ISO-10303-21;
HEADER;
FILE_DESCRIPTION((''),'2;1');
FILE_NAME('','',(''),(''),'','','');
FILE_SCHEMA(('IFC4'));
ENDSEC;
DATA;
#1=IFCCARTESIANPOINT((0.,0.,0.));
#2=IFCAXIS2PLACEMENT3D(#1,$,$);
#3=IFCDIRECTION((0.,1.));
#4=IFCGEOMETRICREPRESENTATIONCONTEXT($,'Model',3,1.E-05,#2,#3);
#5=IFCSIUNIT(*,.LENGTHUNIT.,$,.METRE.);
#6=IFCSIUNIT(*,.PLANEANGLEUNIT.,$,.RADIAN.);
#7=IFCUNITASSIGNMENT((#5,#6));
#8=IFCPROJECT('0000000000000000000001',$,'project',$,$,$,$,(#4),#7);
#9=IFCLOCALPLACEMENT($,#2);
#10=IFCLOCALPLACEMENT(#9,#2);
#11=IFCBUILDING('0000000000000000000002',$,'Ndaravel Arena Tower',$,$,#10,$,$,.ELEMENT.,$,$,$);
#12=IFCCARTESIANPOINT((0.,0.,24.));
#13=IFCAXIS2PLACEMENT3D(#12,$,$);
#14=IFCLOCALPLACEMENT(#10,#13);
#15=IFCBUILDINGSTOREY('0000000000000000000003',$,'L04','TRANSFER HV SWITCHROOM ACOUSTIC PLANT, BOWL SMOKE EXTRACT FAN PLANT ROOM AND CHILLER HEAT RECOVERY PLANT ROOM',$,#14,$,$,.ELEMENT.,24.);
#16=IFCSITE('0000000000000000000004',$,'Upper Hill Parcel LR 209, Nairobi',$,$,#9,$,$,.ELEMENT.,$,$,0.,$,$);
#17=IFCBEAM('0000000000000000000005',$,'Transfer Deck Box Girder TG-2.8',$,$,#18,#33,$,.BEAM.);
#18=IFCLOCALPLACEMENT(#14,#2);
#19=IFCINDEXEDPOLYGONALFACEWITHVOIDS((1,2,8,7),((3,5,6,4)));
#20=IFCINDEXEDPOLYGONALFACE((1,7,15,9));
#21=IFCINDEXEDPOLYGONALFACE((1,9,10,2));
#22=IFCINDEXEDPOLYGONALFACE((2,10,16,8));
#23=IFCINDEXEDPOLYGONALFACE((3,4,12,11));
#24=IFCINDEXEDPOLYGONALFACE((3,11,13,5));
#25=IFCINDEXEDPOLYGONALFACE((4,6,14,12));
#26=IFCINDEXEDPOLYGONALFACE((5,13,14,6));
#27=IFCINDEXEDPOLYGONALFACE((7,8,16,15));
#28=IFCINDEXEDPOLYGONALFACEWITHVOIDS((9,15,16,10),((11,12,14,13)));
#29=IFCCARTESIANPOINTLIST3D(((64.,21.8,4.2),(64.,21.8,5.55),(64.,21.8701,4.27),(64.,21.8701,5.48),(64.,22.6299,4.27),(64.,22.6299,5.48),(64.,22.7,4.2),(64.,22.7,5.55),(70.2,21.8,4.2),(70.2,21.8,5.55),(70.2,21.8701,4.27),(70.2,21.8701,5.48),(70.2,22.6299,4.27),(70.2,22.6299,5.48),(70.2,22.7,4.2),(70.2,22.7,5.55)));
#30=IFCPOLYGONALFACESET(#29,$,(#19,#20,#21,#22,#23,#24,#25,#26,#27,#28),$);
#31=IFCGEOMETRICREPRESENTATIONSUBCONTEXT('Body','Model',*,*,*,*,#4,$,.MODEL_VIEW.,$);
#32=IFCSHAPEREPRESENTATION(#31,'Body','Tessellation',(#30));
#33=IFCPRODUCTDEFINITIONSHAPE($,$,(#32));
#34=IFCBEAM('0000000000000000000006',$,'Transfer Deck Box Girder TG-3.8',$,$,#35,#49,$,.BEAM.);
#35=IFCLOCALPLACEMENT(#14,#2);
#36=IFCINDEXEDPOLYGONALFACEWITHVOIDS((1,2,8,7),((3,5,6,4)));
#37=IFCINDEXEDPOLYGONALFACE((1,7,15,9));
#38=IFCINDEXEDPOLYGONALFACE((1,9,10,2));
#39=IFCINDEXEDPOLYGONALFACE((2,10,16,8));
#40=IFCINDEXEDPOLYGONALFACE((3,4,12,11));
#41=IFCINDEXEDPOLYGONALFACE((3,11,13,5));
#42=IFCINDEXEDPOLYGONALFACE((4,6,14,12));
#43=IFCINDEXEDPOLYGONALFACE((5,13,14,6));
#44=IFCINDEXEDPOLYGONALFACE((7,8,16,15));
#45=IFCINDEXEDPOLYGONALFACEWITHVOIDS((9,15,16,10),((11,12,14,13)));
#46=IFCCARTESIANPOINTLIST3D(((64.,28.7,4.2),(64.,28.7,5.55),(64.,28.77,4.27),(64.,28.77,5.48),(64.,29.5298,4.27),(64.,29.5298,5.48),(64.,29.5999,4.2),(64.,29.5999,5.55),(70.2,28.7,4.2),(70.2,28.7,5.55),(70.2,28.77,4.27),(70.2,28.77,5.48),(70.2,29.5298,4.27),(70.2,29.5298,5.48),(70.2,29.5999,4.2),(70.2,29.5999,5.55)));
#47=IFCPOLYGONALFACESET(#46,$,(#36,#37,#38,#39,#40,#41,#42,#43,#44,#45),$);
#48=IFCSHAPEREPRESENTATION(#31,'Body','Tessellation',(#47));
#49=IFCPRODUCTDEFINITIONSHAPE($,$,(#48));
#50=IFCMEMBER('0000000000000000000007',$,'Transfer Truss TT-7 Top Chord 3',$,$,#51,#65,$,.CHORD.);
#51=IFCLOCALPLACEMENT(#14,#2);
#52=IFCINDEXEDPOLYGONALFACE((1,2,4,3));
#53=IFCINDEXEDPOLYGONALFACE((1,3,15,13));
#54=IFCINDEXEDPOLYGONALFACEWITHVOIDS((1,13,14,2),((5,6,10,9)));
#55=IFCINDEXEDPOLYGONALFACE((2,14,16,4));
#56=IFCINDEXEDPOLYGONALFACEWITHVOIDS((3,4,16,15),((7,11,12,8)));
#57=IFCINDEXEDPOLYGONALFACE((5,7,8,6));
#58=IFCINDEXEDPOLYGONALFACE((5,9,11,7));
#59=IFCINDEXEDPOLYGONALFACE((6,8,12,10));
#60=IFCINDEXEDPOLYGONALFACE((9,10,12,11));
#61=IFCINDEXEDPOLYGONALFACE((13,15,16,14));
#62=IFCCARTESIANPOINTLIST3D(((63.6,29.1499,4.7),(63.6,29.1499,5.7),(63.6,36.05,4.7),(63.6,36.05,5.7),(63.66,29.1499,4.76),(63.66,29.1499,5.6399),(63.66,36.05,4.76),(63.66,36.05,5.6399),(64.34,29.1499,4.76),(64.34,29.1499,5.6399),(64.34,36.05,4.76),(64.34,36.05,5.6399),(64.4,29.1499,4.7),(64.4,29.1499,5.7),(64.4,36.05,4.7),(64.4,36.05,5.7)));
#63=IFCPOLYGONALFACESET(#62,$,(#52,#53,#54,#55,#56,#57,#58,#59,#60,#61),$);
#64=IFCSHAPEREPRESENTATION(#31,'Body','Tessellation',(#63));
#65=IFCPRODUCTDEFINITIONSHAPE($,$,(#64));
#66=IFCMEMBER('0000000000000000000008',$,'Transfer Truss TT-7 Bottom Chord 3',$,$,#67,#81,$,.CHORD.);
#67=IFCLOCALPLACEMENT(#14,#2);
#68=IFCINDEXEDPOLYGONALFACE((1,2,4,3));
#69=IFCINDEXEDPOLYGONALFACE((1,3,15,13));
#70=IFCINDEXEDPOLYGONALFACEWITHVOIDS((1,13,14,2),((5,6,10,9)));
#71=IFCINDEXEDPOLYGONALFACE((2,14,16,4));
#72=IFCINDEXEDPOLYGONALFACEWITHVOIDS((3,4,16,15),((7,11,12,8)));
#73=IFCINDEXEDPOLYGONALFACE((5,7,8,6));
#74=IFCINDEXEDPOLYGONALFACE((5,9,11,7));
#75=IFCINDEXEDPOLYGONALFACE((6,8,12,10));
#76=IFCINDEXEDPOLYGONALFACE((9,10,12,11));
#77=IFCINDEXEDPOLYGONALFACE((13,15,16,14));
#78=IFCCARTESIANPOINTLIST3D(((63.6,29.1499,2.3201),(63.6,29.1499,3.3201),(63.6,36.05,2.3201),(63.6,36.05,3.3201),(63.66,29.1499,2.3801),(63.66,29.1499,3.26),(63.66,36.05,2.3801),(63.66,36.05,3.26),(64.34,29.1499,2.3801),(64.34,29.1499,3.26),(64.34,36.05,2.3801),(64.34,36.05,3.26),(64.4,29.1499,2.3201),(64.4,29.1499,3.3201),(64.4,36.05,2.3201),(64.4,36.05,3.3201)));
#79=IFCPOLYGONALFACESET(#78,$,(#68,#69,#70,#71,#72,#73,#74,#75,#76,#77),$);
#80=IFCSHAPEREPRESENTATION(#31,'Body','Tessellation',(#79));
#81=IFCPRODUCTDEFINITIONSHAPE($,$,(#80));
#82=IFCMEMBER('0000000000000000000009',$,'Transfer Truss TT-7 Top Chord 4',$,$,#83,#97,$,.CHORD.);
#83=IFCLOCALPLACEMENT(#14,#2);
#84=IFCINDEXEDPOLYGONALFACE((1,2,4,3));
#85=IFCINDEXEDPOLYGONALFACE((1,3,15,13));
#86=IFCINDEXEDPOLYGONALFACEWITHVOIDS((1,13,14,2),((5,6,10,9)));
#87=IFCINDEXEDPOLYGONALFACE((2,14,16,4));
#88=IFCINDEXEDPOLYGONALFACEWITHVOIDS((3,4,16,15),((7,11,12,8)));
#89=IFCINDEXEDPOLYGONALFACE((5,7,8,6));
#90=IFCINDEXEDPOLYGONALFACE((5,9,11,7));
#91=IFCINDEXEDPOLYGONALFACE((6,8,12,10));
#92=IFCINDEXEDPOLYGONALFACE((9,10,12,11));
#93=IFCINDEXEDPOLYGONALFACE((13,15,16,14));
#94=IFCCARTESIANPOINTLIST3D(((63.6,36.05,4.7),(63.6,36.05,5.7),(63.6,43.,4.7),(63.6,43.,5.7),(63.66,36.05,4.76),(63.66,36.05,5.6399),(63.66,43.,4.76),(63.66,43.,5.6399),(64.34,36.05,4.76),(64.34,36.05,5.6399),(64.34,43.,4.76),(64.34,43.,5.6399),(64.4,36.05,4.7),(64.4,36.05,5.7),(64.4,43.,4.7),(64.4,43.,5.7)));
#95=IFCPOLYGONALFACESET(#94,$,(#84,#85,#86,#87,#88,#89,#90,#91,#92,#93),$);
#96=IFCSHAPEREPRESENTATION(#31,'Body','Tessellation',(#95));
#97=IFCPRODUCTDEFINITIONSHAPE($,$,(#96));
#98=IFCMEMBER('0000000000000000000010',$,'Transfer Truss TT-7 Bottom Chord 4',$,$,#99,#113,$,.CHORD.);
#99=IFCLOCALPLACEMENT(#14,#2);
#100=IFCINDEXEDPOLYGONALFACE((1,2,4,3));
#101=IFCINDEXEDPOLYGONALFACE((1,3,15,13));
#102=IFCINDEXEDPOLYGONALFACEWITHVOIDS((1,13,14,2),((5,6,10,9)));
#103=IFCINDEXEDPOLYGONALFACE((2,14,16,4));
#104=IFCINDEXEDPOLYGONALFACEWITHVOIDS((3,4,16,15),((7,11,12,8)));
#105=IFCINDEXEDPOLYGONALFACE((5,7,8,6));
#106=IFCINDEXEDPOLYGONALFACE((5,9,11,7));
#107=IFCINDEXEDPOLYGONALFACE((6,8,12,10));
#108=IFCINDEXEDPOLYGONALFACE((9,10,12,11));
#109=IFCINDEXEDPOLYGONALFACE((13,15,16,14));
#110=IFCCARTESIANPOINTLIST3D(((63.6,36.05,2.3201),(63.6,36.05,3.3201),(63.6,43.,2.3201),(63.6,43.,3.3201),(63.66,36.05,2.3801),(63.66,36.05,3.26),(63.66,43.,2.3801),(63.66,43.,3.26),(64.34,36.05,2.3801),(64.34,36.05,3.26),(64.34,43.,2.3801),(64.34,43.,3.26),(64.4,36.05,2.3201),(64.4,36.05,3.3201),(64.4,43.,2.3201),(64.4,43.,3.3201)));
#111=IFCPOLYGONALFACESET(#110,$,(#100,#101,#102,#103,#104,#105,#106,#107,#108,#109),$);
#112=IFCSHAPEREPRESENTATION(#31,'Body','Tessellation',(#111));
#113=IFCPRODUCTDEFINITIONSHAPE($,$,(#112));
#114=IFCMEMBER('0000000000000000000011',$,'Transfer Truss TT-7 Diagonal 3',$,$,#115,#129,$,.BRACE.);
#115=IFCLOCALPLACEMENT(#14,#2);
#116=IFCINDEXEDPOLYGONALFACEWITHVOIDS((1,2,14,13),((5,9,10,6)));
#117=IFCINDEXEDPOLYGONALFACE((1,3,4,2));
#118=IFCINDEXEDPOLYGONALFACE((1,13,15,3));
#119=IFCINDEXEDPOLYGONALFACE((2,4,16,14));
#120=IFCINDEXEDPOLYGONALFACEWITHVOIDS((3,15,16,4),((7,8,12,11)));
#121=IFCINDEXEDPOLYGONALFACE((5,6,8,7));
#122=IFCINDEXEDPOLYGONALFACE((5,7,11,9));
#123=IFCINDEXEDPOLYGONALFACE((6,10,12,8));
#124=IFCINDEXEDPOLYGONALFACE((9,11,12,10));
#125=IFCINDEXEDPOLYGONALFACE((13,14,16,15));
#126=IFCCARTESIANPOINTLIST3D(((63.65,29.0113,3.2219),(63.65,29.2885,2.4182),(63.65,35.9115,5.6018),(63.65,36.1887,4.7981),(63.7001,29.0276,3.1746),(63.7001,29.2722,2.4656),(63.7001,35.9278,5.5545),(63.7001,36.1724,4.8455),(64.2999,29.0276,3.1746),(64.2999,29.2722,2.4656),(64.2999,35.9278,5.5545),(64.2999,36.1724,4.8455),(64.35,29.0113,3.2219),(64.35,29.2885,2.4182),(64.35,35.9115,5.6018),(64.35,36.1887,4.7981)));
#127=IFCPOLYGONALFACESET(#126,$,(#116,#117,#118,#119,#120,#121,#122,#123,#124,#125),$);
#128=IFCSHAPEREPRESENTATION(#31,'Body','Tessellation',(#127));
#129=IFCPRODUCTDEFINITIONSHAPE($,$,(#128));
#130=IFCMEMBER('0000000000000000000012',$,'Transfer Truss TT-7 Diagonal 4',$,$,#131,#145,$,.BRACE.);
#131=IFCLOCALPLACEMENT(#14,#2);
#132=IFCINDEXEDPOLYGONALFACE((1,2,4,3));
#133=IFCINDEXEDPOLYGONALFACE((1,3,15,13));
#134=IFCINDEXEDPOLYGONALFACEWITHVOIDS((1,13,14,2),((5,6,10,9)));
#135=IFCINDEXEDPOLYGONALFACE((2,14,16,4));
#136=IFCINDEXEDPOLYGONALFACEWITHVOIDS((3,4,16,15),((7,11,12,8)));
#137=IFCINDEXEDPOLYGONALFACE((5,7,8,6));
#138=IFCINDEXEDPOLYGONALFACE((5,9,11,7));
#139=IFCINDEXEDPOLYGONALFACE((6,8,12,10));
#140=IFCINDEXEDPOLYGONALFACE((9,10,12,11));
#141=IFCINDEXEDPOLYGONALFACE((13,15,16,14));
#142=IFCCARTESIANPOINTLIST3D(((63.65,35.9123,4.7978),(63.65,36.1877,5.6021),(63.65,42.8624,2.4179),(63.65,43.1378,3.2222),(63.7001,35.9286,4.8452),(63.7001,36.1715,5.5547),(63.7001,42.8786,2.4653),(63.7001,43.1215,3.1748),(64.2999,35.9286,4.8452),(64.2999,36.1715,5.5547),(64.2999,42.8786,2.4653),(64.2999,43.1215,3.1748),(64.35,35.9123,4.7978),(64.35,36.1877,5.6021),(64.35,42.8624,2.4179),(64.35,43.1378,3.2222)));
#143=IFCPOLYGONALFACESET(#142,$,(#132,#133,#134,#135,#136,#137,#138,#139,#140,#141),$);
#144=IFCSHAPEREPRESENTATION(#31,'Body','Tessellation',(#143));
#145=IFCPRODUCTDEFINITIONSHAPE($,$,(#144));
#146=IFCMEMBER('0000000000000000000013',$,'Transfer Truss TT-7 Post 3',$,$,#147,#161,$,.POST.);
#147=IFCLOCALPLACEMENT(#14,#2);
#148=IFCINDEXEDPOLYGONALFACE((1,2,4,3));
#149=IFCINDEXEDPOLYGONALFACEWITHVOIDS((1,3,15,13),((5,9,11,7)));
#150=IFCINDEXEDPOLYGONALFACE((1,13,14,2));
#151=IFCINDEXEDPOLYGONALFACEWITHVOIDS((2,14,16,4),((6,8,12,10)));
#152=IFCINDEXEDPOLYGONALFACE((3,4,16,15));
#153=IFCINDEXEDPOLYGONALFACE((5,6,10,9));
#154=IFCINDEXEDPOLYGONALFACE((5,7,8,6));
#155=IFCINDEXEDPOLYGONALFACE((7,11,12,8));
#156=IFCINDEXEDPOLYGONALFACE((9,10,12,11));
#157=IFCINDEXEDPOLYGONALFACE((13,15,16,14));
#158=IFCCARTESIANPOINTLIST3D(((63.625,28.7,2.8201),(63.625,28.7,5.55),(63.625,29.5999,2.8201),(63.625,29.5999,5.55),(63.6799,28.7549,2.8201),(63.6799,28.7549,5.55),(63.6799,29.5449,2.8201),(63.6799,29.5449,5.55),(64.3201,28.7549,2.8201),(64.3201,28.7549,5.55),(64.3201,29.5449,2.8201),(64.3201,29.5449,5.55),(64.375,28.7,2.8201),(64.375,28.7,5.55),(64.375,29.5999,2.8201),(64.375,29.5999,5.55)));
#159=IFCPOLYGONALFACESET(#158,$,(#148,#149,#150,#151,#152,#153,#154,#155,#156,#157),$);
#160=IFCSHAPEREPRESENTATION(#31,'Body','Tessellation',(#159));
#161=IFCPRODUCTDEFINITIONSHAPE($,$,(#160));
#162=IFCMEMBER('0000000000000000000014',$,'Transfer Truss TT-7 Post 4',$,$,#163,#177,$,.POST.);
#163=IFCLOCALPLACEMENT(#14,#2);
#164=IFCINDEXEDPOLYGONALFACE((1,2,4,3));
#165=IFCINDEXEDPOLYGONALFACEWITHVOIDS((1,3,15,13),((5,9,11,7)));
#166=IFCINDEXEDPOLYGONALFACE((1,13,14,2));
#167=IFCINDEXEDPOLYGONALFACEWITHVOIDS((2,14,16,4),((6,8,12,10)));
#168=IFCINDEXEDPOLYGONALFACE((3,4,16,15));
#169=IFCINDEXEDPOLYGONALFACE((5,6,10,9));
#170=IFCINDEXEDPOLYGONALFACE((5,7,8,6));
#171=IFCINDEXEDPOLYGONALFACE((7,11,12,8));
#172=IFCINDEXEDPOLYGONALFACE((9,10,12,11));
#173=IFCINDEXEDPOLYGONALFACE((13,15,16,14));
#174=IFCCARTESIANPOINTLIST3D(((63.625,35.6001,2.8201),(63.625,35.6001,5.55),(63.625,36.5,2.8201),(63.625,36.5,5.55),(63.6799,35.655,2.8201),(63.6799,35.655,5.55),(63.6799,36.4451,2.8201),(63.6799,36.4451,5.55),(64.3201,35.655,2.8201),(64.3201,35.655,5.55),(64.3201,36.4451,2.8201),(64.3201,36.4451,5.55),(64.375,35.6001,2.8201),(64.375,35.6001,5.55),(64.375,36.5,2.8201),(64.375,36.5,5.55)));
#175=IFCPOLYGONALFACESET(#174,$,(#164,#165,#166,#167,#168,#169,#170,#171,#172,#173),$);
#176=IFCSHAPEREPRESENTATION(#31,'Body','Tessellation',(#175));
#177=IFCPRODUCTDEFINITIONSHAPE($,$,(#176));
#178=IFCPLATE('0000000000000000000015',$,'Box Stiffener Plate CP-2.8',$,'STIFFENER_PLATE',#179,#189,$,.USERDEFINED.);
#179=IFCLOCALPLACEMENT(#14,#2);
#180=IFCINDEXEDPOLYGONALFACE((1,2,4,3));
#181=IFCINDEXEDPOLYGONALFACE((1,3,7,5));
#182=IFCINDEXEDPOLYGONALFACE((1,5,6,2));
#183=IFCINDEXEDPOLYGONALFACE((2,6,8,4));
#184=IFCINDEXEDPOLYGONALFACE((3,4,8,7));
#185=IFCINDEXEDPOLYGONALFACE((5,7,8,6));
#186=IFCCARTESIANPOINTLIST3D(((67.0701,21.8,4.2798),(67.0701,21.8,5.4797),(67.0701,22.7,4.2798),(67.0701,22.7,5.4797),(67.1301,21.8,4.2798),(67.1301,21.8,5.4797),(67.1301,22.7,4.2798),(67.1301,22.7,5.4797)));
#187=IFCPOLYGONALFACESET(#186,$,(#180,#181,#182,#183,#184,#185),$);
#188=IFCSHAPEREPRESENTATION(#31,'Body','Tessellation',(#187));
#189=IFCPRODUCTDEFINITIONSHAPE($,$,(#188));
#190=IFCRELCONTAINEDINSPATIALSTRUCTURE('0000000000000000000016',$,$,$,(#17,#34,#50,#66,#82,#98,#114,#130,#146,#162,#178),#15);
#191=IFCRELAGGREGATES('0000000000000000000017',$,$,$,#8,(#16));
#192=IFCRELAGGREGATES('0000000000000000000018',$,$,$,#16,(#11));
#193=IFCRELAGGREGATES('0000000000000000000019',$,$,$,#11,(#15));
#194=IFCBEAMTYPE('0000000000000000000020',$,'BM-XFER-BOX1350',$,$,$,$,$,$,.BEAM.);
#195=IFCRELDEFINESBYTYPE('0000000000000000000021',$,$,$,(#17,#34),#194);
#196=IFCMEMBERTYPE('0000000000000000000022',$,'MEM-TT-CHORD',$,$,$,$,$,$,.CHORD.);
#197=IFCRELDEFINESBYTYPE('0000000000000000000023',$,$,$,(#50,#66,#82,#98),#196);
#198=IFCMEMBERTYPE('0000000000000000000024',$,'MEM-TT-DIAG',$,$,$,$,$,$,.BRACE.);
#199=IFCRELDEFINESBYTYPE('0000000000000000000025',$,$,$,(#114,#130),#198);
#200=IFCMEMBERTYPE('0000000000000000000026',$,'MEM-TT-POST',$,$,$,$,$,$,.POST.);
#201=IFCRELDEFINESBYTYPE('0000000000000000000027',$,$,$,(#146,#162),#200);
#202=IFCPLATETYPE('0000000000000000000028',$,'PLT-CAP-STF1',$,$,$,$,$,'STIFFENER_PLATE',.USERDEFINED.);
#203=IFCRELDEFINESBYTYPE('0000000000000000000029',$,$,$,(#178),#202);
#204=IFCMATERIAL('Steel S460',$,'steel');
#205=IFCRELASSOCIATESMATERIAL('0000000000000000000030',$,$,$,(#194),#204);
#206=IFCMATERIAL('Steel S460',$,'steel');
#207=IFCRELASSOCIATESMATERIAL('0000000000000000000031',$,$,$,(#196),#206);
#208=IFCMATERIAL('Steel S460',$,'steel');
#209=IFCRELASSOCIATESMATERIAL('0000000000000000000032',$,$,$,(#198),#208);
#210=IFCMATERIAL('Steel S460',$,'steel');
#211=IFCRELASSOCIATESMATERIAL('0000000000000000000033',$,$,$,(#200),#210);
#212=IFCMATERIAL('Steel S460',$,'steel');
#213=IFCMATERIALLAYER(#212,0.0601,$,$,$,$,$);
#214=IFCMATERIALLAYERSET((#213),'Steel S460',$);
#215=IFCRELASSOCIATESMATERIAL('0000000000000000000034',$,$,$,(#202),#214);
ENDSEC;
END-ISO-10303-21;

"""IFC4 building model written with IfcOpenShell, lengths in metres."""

from ifc_helpers import new_model, si_unit, direction, frame, origin, origin_2d, place, context, subcontext, project, spatial, rectangle, hollow_rectangle, extrude, material, layer, layer_set, material_profile, profile_set, type_object, element, save


model = new_model("IFC4")

# Units and contexts
model_context = context("Model", 3, precision=1e-05, world=origin(), true_north=direction((0.0, 1.0)))
body_context = subcontext(model_context, "Body", "Model", "MODEL_VIEW")
ifc_project = project(units=[si_unit("LENGTHUNIT", "METRE"), si_unit("PLANEANGLEUNIT", "RADIAN")], contexts=[model_context])

# Site, building, storey
site_placement = place(None, origin())
site = spatial("IfcSite", under=ifc_project, at=site_placement, Name="Upper Hill Parcel LR 209, Nairobi", CompositionType="ELEMENT", RefElevation=0.0)
building_placement = place(site_placement, origin())
building = spatial("IfcBuilding", under=site, at=building_placement, Name="Ndaravel Arena Tower", CompositionType="ELEMENT")
storey_placement = place(building_placement, frame((0.0, 0.0, 24.0)))
storey = spatial("IfcBuildingStorey", under=building, at=storey_placement, Name="L04", Description="TRANSFER HV SWITCHROOM ACOUSTIC PLANT, BOWL SMOKE EXTRACT FAN PLANT ROOM AND CHILLER HEAT RECOVERY PLANT ROOM", CompositionType="ELEMENT", Elevation=24.0)

# Beams
ifc_material_1 = material(Name="Steel S460", Category="steel")
ifc_material_profile_1 = material_profile(ifc_material_1, hollow_rectangle(XDim=0.8999, YDim=1.3501, WallThickness=0.0701, at=origin_2d()), Name="BOX 1350x900x70")
ifc_profile_set_1 = profile_set([ifc_material_profile_1], Name="Steel S460")
beam_type_1 = type_object("IfcBeamType", Name="BM-XFER-BOX1350", PredefinedType="BEAM", material=ifc_profile_set_1)
for number, where, z_axis, x_axis, name in (
    (1, (64.0, 22.25, 4.875), (1.0, 0.0, 0.0), (0.0, 1.0, 0.0), "Transfer Deck Box Girder TG-2.8"),
    (2, (64.0, 29.1499, 4.875), (1.0, 0.0, 0.0), (0.0, 1.0, 0.0), "Transfer Deck Box Girder TG-3.8"),
):
    element("IfcBeam", number, at=place(storey_placement, frame(where, z_axis=z_axis, x_axis=x_axis)), inside=storey, type_object=beam_type_1, Name=name, PredefinedType="BEAM", context=body_context, shape_type="SweptSolid", body=[
        extrude(hollow_rectangle(XDim=0.8999, YDim=1.3501, WallThickness=0.0701, at=origin_2d()), origin(), (0.0, 0.0, 1.0), 6.2),
    ])

# Members
ifc_material_2 = material(Name="Steel S460", Category="steel")
ifc_material_profile_2 = material_profile(ifc_material_2, hollow_rectangle(XDim=0.8, YDim=1.0, WallThickness=0.0601, at=origin_2d()), Name="BOX 1000x800x60")
ifc_profile_set_2 = profile_set([ifc_material_profile_2], Name="Steel S460")
member_type_1 = type_object("IfcMemberType", Name="MEM-TT-CHORD", PredefinedType="CHORD", material=ifc_profile_set_2)
for number, where, z_axis, x_axis, name in (
    (3, (64.0, 29.1499, 5.2), (0.0, 1.0, 0.0), (-1.0, 0.0, 0.0), "Transfer Truss TT-7 Top Chord 3"),
    (4, (64.0, 29.1499, 2.8201), (0.0, 1.0, 0.0), (-1.0, 0.0, 0.0), "Transfer Truss TT-7 Bottom Chord 3"),
):
    element("IfcMember", number, at=place(storey_placement, frame(where, z_axis=z_axis, x_axis=x_axis)), inside=storey, type_object=member_type_1, Name=name, PredefinedType="CHORD", context=body_context, shape_type="SweptSolid", body=[
        extrude(hollow_rectangle(XDim=0.8, YDim=1.0, WallThickness=0.0601, at=origin_2d()), origin(), (0.0, 0.0, 1.0), 6.9001),
    ])
for number, where, z_axis, x_axis, name in (
    (5, (64.0, 36.05, 5.2), (0.0, 1.0, 0.0), (-1.0, 0.0, 0.0), "Transfer Truss TT-7 Top Chord 4"),
    (6, (64.0, 36.05, 2.8201), (0.0, 1.0, 0.0), (-1.0, 0.0, 0.0), "Transfer Truss TT-7 Bottom Chord 4"),
):
    element("IfcMember", number, at=place(storey_placement, frame(where, z_axis=z_axis, x_axis=x_axis)), inside=storey, type_object=member_type_1, Name=name, PredefinedType="CHORD", context=body_context, shape_type="SweptSolid", body=[
        extrude(hollow_rectangle(XDim=0.8, YDim=1.0, WallThickness=0.0601, at=origin_2d()), origin(), (0.0, 0.0, 1.0), 6.95),
    ])
ifc_material_3 = material(Name="Steel S460", Category="steel")
ifc_material_profile_3 = material_profile(ifc_material_3, hollow_rectangle(XDim=0.7, YDim=0.8501, WallThickness=0.05, at=origin_2d()), Name="BOX 850x700x50")
ifc_profile_set_3 = profile_set([ifc_material_profile_3], Name="Steel S460")
member_type_2 = type_object("IfcMemberType", Name="MEM-TT-DIAG", PredefinedType="BRACE", material=ifc_profile_set_3)
member_1_placement = place(storey_placement, frame((64.0, 29.1499, 2.8201), z_axis=(0.0, 0.945351, 0.326055), x_axis=(-1.0, 0.0, 0.0)))
element("IfcMember", 7, at=member_1_placement, inside=storey, type_object=member_type_2, Name="Transfer Truss TT-7 Diagonal 3", PredefinedType="BRACE", context=body_context, shape_type="SweptSolid", body=[
    extrude(hollow_rectangle(XDim=0.7, YDim=0.8501, WallThickness=0.05, at=origin_2d()), origin(), (0.0, 0.0, 1.0), 7.2991),
])
member_2_placement = place(storey_placement, frame((64.0, 36.05, 5.2), z_axis=(0.0, 0.946069, -0.323964), x_axis=(-1.0, 0.0, 0.0)))
element("IfcMember", 8, at=member_2_placement, inside=storey, type_object=member_type_2, Name="Transfer Truss TT-7 Diagonal 4", PredefinedType="BRACE", context=body_context, shape_type="SweptSolid", body=[
    extrude(hollow_rectangle(XDim=0.7, YDim=0.8501, WallThickness=0.05, at=origin_2d()), origin(), (0.0, 0.0, 1.0), 7.3462),
])
ifc_material_4 = material(Name="Steel S460", Category="steel")
ifc_material_profile_4 = material_profile(ifc_material_4, hollow_rectangle(XDim=0.75, YDim=0.8999, WallThickness=0.0549, at=origin_2d()), Name="BOX 900x750x55")
ifc_profile_set_4 = profile_set([ifc_material_profile_4], Name="Steel S460")
member_type_3 = type_object("IfcMemberType", Name="MEM-TT-POST", PredefinedType="POST", material=ifc_profile_set_4)
for number, where, z_axis, x_axis, name in (
    (9, (64.0, 29.1499, 2.8201), (0.0, 0.0, 1.0), (1.0, 0.0, 0.0), "Transfer Truss TT-7 Post 3"),
    (10, (64.0, 36.05, 2.8201), (0.0, 0.0, 1.0), (1.0, 0.0, 0.0), "Transfer Truss TT-7 Post 4"),
):
    element("IfcMember", number, at=place(storey_placement, frame(where, z_axis=z_axis, x_axis=x_axis)), inside=storey, type_object=member_type_3, Name=name, PredefinedType="POST", context=body_context, shape_type="SweptSolid", body=[
        extrude(hollow_rectangle(XDim=0.75, YDim=0.8999, WallThickness=0.0549, at=origin_2d()), origin(), (0.0, 0.0, 1.0), 2.73),
    ])

# Plate
ifc_material_5 = material(Name="Steel S460", Category="steel")
ifc_layer_1 = layer(ifc_material_5, 0.0601)
ifc_layer_set_1 = layer_set([ifc_layer_1], Name="Steel S460")
plate_type_1 = type_object("IfcPlateType", Name="PLT-CAP-STF1", ElementType="STIFFENER_PLATE", PredefinedType="USERDEFINED", material=ifc_layer_set_1)
for number, where, z_axis, x_axis, name in (
    (11, (67.1001, 22.25, 4.2798), (0.0, 0.0, 1.0), (1.0, 0.0, 0.0), "Box Stiffener Plate CP-2.8"),
):
    element("IfcPlate", number, at=place(storey_placement, frame(where, z_axis=z_axis, x_axis=x_axis)), inside=storey, type_object=plate_type_1, Name=name, ObjectType="STIFFENER_PLATE", PredefinedType="USERDEFINED", context=body_context, shape_type="SweptSolid", body=[
        extrude(rectangle(XDim=0.0601, YDim=0.8999, at=origin_2d()), origin(), (0.0, 0.0, 1.0), 1.2),
    ])

save(model, "model.ifc")
